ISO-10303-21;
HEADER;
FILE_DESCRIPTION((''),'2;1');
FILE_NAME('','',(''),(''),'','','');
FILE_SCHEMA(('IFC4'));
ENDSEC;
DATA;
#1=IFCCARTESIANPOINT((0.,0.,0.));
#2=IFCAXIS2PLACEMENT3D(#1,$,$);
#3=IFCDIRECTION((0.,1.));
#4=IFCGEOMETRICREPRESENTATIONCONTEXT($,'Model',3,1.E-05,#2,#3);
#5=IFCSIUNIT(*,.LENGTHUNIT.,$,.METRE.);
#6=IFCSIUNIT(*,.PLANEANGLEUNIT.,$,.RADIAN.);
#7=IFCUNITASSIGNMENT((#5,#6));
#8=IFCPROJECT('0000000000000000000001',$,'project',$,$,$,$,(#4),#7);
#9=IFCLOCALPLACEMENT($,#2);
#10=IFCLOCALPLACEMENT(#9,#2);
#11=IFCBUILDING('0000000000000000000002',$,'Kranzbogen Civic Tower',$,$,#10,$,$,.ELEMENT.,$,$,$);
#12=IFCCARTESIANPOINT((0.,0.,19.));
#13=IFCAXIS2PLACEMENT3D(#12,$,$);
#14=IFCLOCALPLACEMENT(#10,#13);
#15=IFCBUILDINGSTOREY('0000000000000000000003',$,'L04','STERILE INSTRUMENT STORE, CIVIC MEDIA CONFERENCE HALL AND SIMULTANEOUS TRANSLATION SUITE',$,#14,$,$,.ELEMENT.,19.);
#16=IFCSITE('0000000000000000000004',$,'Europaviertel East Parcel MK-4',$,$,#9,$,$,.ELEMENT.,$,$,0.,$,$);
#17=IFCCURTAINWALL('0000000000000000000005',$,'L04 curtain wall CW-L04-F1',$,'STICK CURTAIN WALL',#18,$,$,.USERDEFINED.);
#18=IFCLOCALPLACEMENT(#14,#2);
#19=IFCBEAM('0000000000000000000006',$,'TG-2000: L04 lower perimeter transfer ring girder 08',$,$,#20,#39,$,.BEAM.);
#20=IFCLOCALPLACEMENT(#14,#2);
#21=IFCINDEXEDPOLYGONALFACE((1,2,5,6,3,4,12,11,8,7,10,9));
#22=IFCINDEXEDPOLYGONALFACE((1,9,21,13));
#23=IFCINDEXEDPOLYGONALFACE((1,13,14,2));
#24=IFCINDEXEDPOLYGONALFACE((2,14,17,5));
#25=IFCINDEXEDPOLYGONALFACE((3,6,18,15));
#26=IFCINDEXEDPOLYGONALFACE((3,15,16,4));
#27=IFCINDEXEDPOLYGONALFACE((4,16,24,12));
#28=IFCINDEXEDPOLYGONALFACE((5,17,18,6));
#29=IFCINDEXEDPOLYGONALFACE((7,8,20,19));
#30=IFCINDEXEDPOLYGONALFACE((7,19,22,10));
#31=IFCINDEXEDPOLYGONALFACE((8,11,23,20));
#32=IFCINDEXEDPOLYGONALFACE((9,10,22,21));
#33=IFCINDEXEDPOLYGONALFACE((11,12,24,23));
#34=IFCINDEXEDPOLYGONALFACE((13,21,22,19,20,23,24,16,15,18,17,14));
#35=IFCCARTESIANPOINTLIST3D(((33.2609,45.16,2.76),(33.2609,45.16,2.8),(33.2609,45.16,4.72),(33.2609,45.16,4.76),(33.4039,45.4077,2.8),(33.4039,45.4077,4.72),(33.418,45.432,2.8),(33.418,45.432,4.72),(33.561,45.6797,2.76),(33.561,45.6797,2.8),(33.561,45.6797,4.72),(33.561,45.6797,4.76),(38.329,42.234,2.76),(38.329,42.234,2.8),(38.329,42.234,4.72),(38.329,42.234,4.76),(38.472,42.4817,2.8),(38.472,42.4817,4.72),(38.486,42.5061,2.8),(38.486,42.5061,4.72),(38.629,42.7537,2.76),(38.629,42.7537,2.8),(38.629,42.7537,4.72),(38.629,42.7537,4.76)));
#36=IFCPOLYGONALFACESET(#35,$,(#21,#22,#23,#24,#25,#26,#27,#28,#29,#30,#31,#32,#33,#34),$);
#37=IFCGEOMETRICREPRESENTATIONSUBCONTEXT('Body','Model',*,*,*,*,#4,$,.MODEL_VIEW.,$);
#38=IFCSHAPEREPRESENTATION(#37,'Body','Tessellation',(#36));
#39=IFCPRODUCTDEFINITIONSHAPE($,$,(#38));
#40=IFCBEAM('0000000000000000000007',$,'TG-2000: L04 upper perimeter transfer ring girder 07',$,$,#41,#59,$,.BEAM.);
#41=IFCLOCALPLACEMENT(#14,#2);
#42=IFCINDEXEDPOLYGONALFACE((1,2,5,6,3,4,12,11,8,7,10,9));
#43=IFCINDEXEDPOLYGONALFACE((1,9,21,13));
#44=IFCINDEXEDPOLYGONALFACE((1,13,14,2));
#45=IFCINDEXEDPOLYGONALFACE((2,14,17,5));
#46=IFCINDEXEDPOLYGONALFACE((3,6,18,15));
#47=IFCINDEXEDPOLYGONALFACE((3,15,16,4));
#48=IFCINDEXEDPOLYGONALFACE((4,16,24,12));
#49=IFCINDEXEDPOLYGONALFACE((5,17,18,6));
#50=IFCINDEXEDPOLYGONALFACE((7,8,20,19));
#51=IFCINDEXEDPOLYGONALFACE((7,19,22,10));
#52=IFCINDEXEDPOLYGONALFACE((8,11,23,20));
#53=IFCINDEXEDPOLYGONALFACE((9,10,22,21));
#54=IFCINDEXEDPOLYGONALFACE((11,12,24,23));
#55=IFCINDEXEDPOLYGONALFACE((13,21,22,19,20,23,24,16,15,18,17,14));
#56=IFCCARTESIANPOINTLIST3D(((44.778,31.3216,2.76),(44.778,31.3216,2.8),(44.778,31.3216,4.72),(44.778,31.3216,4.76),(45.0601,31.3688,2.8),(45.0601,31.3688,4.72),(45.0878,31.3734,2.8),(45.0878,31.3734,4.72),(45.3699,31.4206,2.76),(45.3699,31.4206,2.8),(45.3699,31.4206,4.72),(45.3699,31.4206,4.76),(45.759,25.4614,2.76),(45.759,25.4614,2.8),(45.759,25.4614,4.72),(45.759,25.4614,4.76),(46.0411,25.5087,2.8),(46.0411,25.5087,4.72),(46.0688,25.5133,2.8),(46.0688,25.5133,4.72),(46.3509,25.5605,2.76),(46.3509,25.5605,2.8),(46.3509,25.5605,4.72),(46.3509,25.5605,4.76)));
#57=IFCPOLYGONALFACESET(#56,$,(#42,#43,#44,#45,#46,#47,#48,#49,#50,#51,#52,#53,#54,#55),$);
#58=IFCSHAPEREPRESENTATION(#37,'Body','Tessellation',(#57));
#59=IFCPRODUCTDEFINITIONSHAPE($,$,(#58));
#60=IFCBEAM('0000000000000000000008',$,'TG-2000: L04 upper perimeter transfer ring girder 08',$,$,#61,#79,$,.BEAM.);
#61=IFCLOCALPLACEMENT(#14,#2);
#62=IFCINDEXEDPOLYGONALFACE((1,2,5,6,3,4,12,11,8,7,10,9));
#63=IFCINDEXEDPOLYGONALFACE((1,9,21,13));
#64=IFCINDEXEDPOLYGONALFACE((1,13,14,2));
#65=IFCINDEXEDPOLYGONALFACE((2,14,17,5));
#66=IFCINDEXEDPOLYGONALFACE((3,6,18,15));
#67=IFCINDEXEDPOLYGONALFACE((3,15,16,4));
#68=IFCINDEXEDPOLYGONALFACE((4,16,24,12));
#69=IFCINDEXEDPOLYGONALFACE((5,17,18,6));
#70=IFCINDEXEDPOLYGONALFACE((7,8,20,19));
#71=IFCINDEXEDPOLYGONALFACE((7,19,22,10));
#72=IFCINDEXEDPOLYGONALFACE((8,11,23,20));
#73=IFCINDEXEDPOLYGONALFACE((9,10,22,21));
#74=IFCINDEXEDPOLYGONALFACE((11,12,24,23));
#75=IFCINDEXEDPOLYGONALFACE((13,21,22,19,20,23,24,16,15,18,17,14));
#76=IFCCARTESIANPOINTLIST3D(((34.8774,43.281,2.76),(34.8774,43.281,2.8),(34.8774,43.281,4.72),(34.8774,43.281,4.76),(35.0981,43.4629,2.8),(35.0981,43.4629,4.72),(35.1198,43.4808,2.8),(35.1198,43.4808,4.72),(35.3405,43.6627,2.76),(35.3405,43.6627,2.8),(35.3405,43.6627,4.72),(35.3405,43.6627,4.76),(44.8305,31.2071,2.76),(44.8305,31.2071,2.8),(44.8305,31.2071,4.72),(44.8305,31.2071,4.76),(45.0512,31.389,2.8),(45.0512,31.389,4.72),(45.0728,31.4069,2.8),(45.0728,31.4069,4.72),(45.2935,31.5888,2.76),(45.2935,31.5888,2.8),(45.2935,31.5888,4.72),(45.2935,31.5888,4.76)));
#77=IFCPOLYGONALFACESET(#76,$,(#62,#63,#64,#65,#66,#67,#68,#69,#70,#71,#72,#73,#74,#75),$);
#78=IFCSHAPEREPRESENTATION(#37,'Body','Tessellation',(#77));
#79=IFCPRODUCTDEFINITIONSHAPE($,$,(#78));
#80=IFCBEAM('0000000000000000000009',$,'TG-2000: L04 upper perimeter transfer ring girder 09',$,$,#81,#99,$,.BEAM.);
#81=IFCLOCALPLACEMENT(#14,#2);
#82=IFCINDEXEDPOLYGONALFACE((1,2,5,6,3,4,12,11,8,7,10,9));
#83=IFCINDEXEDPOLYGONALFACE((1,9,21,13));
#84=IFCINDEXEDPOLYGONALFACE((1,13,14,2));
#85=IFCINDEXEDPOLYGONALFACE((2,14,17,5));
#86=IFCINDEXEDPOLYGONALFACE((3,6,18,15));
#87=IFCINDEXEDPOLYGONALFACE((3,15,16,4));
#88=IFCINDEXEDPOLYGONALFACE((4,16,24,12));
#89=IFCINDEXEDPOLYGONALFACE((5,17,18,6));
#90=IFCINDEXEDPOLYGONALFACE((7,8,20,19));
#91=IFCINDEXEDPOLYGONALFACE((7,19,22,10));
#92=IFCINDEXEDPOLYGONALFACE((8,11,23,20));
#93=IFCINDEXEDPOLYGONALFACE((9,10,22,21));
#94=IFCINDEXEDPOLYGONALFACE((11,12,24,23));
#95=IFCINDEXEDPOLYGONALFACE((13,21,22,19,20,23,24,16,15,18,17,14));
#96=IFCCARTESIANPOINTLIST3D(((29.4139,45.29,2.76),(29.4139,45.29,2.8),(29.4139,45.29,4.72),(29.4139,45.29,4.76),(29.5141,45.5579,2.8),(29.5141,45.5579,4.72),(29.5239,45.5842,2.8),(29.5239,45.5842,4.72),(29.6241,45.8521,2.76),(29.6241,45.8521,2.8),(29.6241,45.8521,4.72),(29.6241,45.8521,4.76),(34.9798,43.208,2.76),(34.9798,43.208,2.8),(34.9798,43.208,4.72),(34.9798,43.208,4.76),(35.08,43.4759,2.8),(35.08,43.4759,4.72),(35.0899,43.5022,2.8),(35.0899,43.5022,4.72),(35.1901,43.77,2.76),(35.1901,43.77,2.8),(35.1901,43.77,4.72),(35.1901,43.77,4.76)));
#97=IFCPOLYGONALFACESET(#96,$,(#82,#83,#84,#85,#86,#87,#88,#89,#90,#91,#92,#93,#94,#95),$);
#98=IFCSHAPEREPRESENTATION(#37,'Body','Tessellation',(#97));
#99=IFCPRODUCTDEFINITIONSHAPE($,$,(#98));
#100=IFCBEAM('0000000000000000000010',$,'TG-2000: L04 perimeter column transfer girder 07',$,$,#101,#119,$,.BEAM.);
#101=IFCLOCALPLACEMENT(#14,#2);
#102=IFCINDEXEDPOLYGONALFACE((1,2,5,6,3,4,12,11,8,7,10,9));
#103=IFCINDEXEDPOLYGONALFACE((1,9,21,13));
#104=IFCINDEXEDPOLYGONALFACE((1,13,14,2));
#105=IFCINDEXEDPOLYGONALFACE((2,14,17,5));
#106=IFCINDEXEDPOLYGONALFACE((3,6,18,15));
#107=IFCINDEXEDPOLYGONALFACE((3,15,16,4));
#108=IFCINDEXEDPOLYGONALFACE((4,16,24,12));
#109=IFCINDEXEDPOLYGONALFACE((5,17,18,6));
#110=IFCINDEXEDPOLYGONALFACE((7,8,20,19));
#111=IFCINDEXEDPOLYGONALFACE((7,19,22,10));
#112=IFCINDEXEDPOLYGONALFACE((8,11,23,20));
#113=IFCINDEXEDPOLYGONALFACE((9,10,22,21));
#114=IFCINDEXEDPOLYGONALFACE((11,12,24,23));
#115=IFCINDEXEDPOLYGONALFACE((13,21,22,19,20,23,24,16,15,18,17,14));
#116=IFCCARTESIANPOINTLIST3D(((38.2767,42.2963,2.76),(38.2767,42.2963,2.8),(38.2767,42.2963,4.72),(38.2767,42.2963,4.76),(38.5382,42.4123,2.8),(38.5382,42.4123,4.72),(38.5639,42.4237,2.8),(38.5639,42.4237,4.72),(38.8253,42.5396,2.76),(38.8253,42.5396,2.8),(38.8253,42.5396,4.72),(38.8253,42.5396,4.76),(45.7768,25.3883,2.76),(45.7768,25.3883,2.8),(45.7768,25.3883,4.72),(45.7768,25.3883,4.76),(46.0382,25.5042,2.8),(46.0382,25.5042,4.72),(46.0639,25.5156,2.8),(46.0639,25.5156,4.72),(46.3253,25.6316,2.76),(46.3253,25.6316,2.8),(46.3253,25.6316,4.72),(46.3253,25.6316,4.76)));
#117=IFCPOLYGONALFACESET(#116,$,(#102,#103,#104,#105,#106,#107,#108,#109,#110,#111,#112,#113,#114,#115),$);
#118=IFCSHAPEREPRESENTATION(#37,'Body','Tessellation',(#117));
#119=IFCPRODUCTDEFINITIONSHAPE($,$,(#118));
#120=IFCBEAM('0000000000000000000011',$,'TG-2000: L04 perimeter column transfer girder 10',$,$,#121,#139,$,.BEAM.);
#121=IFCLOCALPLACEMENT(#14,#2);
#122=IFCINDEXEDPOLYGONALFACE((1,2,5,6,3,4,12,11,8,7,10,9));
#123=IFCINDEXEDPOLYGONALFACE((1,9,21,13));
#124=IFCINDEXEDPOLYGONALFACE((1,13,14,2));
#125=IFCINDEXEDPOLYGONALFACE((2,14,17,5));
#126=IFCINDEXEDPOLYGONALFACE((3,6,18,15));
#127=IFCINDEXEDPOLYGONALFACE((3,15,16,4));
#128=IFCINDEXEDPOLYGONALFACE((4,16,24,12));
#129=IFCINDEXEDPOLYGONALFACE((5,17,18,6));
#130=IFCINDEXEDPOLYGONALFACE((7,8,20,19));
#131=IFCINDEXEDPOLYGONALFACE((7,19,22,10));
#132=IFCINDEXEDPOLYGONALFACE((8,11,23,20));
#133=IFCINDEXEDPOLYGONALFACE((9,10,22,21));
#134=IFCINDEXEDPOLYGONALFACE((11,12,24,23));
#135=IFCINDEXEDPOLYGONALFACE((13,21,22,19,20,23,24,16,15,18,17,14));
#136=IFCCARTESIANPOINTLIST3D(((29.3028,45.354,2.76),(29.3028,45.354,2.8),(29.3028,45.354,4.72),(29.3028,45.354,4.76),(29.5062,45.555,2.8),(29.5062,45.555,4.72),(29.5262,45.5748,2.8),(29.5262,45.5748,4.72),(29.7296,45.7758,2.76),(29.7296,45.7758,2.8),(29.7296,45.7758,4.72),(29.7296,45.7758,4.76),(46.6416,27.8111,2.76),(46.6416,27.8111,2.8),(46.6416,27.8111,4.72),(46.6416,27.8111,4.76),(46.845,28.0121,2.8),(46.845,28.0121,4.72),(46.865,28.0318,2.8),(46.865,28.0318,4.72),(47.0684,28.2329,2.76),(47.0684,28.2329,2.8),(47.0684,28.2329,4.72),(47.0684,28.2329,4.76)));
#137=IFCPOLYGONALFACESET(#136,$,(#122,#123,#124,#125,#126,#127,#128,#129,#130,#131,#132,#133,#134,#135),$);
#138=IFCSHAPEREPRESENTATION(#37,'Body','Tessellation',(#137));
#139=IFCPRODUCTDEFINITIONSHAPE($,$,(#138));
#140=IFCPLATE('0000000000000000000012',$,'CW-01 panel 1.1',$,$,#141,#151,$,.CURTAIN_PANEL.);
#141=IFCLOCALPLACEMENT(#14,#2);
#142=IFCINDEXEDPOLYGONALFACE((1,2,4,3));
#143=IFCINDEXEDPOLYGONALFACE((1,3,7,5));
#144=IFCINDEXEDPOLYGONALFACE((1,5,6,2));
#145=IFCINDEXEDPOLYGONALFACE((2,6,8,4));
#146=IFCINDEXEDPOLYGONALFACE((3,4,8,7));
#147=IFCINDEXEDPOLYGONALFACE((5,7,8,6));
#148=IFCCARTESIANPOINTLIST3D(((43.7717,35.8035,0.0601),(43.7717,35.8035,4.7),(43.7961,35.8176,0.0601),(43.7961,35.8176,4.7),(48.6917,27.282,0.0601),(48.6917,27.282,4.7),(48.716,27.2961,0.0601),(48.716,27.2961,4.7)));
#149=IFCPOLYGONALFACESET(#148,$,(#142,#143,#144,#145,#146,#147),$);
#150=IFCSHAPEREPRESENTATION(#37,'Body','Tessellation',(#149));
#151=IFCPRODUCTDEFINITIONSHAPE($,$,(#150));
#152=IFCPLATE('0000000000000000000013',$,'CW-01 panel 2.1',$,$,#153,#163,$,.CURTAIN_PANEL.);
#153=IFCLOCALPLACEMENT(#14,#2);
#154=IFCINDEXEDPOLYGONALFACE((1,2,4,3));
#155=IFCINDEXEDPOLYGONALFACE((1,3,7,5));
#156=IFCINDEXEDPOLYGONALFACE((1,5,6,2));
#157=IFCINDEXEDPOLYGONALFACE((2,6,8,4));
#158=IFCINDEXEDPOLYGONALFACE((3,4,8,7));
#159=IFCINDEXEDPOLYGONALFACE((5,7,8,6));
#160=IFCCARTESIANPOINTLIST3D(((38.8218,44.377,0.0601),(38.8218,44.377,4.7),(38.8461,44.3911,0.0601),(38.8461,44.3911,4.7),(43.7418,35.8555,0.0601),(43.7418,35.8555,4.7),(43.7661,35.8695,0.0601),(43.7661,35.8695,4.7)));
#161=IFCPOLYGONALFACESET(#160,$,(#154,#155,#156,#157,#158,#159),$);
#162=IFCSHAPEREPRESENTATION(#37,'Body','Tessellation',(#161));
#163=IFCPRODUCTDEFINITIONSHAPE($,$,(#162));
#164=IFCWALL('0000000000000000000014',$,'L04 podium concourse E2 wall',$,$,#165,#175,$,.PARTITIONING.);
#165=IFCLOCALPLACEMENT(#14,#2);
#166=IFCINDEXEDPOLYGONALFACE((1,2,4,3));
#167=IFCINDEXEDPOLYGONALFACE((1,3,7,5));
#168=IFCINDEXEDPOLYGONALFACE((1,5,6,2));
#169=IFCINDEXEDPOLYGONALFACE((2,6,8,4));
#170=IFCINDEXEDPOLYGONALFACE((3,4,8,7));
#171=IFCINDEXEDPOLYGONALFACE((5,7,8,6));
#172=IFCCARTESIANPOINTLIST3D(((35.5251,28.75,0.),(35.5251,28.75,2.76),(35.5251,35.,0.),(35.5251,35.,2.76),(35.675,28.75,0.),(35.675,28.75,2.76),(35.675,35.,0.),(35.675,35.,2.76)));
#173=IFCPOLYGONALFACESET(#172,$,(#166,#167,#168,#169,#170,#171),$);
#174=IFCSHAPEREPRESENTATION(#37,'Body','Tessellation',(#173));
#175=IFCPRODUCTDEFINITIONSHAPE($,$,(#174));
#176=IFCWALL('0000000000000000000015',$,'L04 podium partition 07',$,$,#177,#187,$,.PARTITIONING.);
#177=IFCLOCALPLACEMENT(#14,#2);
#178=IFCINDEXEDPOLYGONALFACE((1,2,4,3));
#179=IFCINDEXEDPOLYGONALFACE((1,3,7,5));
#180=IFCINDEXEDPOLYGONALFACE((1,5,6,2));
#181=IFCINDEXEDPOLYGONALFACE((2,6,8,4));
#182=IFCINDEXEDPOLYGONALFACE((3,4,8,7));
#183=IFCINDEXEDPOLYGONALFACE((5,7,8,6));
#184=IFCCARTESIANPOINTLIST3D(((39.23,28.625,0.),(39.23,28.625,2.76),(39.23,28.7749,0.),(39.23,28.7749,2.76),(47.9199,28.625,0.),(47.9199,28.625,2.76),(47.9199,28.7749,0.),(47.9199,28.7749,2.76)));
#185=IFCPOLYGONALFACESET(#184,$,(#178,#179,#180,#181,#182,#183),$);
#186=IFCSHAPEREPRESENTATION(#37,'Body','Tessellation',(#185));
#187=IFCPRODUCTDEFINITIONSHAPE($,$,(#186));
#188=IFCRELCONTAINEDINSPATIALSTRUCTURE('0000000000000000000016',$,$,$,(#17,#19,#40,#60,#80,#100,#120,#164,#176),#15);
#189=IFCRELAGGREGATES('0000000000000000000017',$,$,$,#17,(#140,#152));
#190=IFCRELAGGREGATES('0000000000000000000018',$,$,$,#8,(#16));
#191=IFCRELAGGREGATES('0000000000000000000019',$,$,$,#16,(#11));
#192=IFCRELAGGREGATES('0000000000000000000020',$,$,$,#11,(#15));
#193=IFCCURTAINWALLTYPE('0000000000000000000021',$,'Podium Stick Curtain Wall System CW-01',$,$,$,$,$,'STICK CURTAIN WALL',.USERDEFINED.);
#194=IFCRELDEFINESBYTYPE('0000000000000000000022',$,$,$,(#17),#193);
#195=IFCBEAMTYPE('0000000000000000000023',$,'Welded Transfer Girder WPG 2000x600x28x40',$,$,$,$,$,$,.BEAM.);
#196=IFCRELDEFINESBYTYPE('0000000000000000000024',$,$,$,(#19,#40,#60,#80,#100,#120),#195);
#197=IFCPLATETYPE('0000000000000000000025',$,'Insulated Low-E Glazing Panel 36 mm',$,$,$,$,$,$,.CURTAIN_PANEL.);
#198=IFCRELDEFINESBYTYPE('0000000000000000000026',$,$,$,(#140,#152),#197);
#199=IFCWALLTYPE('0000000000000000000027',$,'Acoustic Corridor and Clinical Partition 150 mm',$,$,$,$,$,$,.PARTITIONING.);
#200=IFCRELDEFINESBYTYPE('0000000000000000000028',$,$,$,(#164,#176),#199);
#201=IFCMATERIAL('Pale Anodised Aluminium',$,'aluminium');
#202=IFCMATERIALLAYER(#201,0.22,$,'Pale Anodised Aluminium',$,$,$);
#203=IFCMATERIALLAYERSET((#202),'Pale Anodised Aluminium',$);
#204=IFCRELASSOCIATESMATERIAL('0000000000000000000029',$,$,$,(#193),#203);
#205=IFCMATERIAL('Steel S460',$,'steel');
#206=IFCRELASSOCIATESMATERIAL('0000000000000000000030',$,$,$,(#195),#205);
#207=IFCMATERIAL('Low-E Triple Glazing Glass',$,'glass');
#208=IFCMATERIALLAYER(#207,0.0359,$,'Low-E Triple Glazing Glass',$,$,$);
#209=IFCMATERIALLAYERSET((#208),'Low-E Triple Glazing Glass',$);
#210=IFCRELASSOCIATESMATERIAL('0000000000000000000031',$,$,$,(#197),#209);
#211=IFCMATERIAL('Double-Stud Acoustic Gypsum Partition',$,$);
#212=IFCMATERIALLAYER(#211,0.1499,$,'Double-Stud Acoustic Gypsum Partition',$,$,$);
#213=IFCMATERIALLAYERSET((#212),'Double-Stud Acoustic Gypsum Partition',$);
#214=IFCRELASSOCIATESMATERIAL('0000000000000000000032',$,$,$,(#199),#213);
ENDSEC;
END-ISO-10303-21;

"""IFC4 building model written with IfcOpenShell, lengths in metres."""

from ifc_helpers import new_model, si_unit, direction, frame, frame_2d, origin, origin_2d, place, context, subcontext, project, spatial, rectangle, i_section, extrude, material, layer, layer_set, material_profile, profile_set, type_object, element, aggregate, save


model = new_model("IFC4")

# Units and contexts
model_context = context("Model", 3, precision=1e-05, world=origin(), true_north=direction((0.0, 1.0)))
body_context = subcontext(model_context, "Body", "Model", "MODEL_VIEW")
ifc_project = project(units=[si_unit("LENGTHUNIT", "METRE"), si_unit("PLANEANGLEUNIT", "RADIAN")], contexts=[model_context])

# Site, building, storey
site_placement = place(None, origin())
site = spatial("IfcSite", under=ifc_project, at=site_placement, Name="Europaviertel East Parcel MK-4", CompositionType="ELEMENT", RefElevation=0.0)
building_placement = place(site_placement, origin())
building = spatial("IfcBuilding", under=site, at=building_placement, Name="Kranzbogen Civic Tower", CompositionType="ELEMENT")
storey_placement = place(building_placement, frame((0.0, 0.0, 19.0)))
storey = spatial("IfcBuildingStorey", under=building, at=storey_placement, Name="L04", Description="STERILE INSTRUMENT STORE, CIVIC MEDIA CONFERENCE HALL AND SIMULTANEOUS TRANSLATION SUITE", CompositionType="ELEMENT", Elevation=19.0)

# Shared definitions
ifc_material_1 = material(Name="Steel S460", Category="steel")

# Curtain wall
ifc_material_2 = material(Name="Pale Anodised Aluminium", Category="aluminium")
ifc_layer_1 = layer(ifc_material_2, 0.22, Name="Pale Anodised Aluminium")
ifc_layer_set_1 = layer_set([ifc_layer_1], Name="Pale Anodised Aluminium")
curtain_wall_type = type_object("IfcCurtainWallType", Name="Podium Stick Curtain Wall System CW-01", ElementType="STICK CURTAIN WALL", PredefinedType="USERDEFINED", material=ifc_layer_set_1)
curtain_wall_placement = place(storey_placement, origin())
curtain_wall = element("IfcCurtainWall", 1, at=curtain_wall_placement, inside=storey, type_object=curtain_wall_type, Name="L04 curtain wall CW-L04-F1", ObjectType="STICK CURTAIN WALL", PredefinedType="USERDEFINED")

# Beams
ifc_material_profile_1 = material_profile(ifc_material_1, i_section(OverallWidth=0.6001, OverallDepth=2.0, WebThickness=0.0281, FlangeThickness=0.04, at=origin_2d()), Name="WPG 2000x600x28x40")
ifc_profile_set_1 = profile_set([ifc_material_profile_1], Name="Steel S460")
beam_type_1 = type_object("IfcBeamType", Name="Welded Transfer Girder WPG 2000x600x28x40", PredefinedType="BEAM", material=ifc_profile_set_1)
beam_1_placement = place(storey_placement, frame((38.479, 42.4939, 3.76), z_axis=(-0.866029, 0.499993, 0.0), x_axis=(-0.499993, -0.866029, 0.0)))
element("IfcBeam", 2, at=beam_1_placement, inside=storey, type_object=beam_type_1, Name="TG-2000: L04 lower perimeter transfer ring girder 08", PredefinedType="BEAM", context=body_context, shape_type="SweptSolid", body=[
    extrude(i_section(OverallWidth=0.6001, OverallDepth=2.0, WebThickness=0.0281, FlangeThickness=0.04, at=origin_2d()), origin(), (0.0, 0.0, 1.0), 5.8521),
])
beam_2_placement = place(storey_placement, frame((46.0549, 25.511, 3.76), z_axis=(-0.165099, 0.986277, 0.0), x_axis=(-0.986277, -0.165099, 0.0)))
element("IfcBeam", 3, at=beam_2_placement, inside=storey, type_object=beam_type_1, Name="TG-2000: L04 upper perimeter transfer ring girder 07", PredefinedType="BEAM", context=body_context, shape_type="SweptSolid", body=[
    extrude(i_section(OverallWidth=0.6001, OverallDepth=2.0, WebThickness=0.0281, FlangeThickness=0.04, at=origin_2d()), origin(), (0.0, 0.0, 1.0), 5.9417),
])
beam_3_placement = place(storey_placement, frame((45.062, 31.3979, 3.76), z_axis=(-0.636082, 0.771621, 0.0), x_axis=(-0.771621, -0.636082, 0.0)))
element("IfcBeam", 4, at=beam_3_placement, inside=storey, type_object=beam_type_1, Name="TG-2000: L04 upper perimeter transfer ring girder 08", PredefinedType="BEAM", context=body_context, shape_type="SweptSolid", body=[
    extrude(i_section(OverallWidth=0.6001, OverallDepth=2.0, WebThickness=0.0281, FlangeThickness=0.04, at=origin_2d()), origin(), (0.0, 0.0, 1.0), 15.6475),
])
beam_4_placement = place(storey_placement, frame((35.085, 43.489, 3.76), z_axis=(-0.936616, 0.350358, 0.0), x_axis=(-0.350358, -0.936616, 0.0)))
element("IfcBeam", 5, at=beam_4_placement, inside=storey, type_object=beam_type_1, Name="TG-2000: L04 upper perimeter transfer ring girder 09", PredefinedType="BEAM", context=body_context, shape_type="SweptSolid", body=[
    extrude(i_section(OverallWidth=0.6001, OverallDepth=2.0, WebThickness=0.0281, FlangeThickness=0.04, at=origin_2d()), origin(), (0.0, 0.0, 1.0), 5.9426),
])
beam_5_placement = place(storey_placement, frame((38.551, 42.418, 3.76), z_axis=(0.405477, -0.914105, 0.0), x_axis=(0.914105, 0.405477, 0.0)))
element("IfcBeam", 6, at=beam_5_placement, inside=storey, type_object=beam_type_1, Name="TG-2000: L04 perimeter column transfer girder 07", PredefinedType="BEAM", context=body_context, shape_type="SweptSolid", body=[
    extrude(i_section(OverallWidth=0.6001, OverallDepth=2.0, WebThickness=0.0281, FlangeThickness=0.04, at=origin_2d()), origin(), (0.0, 0.0, 1.0), 18.4968),
])
beam_6_placement = place(storey_placement, frame((46.855, 28.022, 3.76), z_axis=(-0.702957, 0.711232, 0.0), x_axis=(-0.711232, -0.702957, 0.0)))
element("IfcBeam", 7, at=beam_6_placement, inside=storey, type_object=beam_type_1, Name="TG-2000: L04 perimeter column transfer girder 10", PredefinedType="BEAM", context=body_context, shape_type="SweptSolid", body=[
    extrude(i_section(OverallWidth=0.6001, OverallDepth=2.0, WebThickness=0.0281, FlangeThickness=0.04, at=origin_2d()), origin(), (0.0, 0.0, 1.0), 24.6655),
])

# Plates
ifc_material_3 = material(Name="Low-E Triple Glazing Glass", Category="glass")
ifc_layer_2 = layer(ifc_material_3, 0.0359, Name="Low-E Triple Glazing Glass")
ifc_layer_set_2 = layer_set([ifc_layer_2], Name="Low-E Triple Glazing Glass")
plate_type = type_object("IfcPlateType", Name="Insulated Low-E Glazing Panel 36 mm", PredefinedType="CURTAIN_PANEL", material=ifc_layer_set_2)
plate_1_placement = place(storey_placement, frame((46.2439, 31.5498, 0.0601), z_axis=(0.0, 0.0, 1.0), x_axis=(-0.500006, 0.866022, 0.0)))
plate_1 = element("IfcPlate", 8, at=plate_1_placement, type_object=plate_type, Name="CW-01 panel 1.1", PredefinedType="CURTAIN_PANEL", context=body_context, shape_type="SweptSolid", body=[
    extrude(rectangle(XDim=9.8398, YDim=0.0281, at=origin_2d()), origin(), (0.0, 0.0, 1.0), 4.6399),
])
plate_2_placement = place(storey_placement, frame((41.2939, 40.1233, 0.0601), z_axis=(0.0, 0.0, 1.0), x_axis=(-0.500006, 0.866022, 0.0)))
plate_2 = element("IfcPlate", 9, at=plate_2_placement, type_object=plate_type, Name="CW-01 panel 2.1", PredefinedType="CURTAIN_PANEL", context=body_context, shape_type="SweptSolid", body=[
    extrude(rectangle(XDim=9.8398, YDim=0.0281, at=origin_2d()), origin(), (0.0, 0.0, 1.0), 4.6399),
])
aggregate(curtain_wall, [plate_1, plate_2])

# Walls
ifc_material_4 = material(Name="Double-Stud Acoustic Gypsum Partition")
ifc_layer_3 = layer(ifc_material_4, 0.1499, Name="Double-Stud Acoustic Gypsum Partition")
ifc_layer_set_3 = layer_set([ifc_layer_3], Name="Double-Stud Acoustic Gypsum Partition")
wall_type_1 = type_object("IfcWallType", Name="Acoustic Corridor and Clinical Partition 150 mm", PredefinedType="PARTITIONING", material=ifc_layer_set_3)
wall_1_placement = place(storey_placement, frame((35.6001, 28.75, 0.0), z_axis=(0.0, 0.0, 1.0), x_axis=(0.0, 1.0, 0.0)))
element("IfcWall", 10, at=wall_1_placement, inside=storey, type_object=wall_type_1, Name="L04 podium concourse E2 wall", PredefinedType="PARTITIONING", context=body_context, shape_type="SweptSolid", body=[
    extrude(rectangle(XDim=6.25, YDim=0.1499, at=frame_2d((3.125, 0.0))), origin(), (0.0, 0.0, 1.0), 2.76),
])
wall_2_placement = place(storey_placement, frame((39.23, 28.7, 0.0), z_axis=(0.0, 0.0, 1.0), x_axis=(1.0, 0.0, 0.0)))
element("IfcWall", 11, at=wall_2_placement, inside=storey, type_object=wall_type_1, Name="L04 podium partition 07", PredefinedType="PARTITIONING", context=body_context, shape_type="SweptSolid", body=[
    extrude(rectangle(XDim=8.6899, YDim=0.1499, at=frame_2d((4.345, 0.0))), origin(), (0.0, 0.0, 1.0), 2.76),
])

save(model, "model.ifc")
